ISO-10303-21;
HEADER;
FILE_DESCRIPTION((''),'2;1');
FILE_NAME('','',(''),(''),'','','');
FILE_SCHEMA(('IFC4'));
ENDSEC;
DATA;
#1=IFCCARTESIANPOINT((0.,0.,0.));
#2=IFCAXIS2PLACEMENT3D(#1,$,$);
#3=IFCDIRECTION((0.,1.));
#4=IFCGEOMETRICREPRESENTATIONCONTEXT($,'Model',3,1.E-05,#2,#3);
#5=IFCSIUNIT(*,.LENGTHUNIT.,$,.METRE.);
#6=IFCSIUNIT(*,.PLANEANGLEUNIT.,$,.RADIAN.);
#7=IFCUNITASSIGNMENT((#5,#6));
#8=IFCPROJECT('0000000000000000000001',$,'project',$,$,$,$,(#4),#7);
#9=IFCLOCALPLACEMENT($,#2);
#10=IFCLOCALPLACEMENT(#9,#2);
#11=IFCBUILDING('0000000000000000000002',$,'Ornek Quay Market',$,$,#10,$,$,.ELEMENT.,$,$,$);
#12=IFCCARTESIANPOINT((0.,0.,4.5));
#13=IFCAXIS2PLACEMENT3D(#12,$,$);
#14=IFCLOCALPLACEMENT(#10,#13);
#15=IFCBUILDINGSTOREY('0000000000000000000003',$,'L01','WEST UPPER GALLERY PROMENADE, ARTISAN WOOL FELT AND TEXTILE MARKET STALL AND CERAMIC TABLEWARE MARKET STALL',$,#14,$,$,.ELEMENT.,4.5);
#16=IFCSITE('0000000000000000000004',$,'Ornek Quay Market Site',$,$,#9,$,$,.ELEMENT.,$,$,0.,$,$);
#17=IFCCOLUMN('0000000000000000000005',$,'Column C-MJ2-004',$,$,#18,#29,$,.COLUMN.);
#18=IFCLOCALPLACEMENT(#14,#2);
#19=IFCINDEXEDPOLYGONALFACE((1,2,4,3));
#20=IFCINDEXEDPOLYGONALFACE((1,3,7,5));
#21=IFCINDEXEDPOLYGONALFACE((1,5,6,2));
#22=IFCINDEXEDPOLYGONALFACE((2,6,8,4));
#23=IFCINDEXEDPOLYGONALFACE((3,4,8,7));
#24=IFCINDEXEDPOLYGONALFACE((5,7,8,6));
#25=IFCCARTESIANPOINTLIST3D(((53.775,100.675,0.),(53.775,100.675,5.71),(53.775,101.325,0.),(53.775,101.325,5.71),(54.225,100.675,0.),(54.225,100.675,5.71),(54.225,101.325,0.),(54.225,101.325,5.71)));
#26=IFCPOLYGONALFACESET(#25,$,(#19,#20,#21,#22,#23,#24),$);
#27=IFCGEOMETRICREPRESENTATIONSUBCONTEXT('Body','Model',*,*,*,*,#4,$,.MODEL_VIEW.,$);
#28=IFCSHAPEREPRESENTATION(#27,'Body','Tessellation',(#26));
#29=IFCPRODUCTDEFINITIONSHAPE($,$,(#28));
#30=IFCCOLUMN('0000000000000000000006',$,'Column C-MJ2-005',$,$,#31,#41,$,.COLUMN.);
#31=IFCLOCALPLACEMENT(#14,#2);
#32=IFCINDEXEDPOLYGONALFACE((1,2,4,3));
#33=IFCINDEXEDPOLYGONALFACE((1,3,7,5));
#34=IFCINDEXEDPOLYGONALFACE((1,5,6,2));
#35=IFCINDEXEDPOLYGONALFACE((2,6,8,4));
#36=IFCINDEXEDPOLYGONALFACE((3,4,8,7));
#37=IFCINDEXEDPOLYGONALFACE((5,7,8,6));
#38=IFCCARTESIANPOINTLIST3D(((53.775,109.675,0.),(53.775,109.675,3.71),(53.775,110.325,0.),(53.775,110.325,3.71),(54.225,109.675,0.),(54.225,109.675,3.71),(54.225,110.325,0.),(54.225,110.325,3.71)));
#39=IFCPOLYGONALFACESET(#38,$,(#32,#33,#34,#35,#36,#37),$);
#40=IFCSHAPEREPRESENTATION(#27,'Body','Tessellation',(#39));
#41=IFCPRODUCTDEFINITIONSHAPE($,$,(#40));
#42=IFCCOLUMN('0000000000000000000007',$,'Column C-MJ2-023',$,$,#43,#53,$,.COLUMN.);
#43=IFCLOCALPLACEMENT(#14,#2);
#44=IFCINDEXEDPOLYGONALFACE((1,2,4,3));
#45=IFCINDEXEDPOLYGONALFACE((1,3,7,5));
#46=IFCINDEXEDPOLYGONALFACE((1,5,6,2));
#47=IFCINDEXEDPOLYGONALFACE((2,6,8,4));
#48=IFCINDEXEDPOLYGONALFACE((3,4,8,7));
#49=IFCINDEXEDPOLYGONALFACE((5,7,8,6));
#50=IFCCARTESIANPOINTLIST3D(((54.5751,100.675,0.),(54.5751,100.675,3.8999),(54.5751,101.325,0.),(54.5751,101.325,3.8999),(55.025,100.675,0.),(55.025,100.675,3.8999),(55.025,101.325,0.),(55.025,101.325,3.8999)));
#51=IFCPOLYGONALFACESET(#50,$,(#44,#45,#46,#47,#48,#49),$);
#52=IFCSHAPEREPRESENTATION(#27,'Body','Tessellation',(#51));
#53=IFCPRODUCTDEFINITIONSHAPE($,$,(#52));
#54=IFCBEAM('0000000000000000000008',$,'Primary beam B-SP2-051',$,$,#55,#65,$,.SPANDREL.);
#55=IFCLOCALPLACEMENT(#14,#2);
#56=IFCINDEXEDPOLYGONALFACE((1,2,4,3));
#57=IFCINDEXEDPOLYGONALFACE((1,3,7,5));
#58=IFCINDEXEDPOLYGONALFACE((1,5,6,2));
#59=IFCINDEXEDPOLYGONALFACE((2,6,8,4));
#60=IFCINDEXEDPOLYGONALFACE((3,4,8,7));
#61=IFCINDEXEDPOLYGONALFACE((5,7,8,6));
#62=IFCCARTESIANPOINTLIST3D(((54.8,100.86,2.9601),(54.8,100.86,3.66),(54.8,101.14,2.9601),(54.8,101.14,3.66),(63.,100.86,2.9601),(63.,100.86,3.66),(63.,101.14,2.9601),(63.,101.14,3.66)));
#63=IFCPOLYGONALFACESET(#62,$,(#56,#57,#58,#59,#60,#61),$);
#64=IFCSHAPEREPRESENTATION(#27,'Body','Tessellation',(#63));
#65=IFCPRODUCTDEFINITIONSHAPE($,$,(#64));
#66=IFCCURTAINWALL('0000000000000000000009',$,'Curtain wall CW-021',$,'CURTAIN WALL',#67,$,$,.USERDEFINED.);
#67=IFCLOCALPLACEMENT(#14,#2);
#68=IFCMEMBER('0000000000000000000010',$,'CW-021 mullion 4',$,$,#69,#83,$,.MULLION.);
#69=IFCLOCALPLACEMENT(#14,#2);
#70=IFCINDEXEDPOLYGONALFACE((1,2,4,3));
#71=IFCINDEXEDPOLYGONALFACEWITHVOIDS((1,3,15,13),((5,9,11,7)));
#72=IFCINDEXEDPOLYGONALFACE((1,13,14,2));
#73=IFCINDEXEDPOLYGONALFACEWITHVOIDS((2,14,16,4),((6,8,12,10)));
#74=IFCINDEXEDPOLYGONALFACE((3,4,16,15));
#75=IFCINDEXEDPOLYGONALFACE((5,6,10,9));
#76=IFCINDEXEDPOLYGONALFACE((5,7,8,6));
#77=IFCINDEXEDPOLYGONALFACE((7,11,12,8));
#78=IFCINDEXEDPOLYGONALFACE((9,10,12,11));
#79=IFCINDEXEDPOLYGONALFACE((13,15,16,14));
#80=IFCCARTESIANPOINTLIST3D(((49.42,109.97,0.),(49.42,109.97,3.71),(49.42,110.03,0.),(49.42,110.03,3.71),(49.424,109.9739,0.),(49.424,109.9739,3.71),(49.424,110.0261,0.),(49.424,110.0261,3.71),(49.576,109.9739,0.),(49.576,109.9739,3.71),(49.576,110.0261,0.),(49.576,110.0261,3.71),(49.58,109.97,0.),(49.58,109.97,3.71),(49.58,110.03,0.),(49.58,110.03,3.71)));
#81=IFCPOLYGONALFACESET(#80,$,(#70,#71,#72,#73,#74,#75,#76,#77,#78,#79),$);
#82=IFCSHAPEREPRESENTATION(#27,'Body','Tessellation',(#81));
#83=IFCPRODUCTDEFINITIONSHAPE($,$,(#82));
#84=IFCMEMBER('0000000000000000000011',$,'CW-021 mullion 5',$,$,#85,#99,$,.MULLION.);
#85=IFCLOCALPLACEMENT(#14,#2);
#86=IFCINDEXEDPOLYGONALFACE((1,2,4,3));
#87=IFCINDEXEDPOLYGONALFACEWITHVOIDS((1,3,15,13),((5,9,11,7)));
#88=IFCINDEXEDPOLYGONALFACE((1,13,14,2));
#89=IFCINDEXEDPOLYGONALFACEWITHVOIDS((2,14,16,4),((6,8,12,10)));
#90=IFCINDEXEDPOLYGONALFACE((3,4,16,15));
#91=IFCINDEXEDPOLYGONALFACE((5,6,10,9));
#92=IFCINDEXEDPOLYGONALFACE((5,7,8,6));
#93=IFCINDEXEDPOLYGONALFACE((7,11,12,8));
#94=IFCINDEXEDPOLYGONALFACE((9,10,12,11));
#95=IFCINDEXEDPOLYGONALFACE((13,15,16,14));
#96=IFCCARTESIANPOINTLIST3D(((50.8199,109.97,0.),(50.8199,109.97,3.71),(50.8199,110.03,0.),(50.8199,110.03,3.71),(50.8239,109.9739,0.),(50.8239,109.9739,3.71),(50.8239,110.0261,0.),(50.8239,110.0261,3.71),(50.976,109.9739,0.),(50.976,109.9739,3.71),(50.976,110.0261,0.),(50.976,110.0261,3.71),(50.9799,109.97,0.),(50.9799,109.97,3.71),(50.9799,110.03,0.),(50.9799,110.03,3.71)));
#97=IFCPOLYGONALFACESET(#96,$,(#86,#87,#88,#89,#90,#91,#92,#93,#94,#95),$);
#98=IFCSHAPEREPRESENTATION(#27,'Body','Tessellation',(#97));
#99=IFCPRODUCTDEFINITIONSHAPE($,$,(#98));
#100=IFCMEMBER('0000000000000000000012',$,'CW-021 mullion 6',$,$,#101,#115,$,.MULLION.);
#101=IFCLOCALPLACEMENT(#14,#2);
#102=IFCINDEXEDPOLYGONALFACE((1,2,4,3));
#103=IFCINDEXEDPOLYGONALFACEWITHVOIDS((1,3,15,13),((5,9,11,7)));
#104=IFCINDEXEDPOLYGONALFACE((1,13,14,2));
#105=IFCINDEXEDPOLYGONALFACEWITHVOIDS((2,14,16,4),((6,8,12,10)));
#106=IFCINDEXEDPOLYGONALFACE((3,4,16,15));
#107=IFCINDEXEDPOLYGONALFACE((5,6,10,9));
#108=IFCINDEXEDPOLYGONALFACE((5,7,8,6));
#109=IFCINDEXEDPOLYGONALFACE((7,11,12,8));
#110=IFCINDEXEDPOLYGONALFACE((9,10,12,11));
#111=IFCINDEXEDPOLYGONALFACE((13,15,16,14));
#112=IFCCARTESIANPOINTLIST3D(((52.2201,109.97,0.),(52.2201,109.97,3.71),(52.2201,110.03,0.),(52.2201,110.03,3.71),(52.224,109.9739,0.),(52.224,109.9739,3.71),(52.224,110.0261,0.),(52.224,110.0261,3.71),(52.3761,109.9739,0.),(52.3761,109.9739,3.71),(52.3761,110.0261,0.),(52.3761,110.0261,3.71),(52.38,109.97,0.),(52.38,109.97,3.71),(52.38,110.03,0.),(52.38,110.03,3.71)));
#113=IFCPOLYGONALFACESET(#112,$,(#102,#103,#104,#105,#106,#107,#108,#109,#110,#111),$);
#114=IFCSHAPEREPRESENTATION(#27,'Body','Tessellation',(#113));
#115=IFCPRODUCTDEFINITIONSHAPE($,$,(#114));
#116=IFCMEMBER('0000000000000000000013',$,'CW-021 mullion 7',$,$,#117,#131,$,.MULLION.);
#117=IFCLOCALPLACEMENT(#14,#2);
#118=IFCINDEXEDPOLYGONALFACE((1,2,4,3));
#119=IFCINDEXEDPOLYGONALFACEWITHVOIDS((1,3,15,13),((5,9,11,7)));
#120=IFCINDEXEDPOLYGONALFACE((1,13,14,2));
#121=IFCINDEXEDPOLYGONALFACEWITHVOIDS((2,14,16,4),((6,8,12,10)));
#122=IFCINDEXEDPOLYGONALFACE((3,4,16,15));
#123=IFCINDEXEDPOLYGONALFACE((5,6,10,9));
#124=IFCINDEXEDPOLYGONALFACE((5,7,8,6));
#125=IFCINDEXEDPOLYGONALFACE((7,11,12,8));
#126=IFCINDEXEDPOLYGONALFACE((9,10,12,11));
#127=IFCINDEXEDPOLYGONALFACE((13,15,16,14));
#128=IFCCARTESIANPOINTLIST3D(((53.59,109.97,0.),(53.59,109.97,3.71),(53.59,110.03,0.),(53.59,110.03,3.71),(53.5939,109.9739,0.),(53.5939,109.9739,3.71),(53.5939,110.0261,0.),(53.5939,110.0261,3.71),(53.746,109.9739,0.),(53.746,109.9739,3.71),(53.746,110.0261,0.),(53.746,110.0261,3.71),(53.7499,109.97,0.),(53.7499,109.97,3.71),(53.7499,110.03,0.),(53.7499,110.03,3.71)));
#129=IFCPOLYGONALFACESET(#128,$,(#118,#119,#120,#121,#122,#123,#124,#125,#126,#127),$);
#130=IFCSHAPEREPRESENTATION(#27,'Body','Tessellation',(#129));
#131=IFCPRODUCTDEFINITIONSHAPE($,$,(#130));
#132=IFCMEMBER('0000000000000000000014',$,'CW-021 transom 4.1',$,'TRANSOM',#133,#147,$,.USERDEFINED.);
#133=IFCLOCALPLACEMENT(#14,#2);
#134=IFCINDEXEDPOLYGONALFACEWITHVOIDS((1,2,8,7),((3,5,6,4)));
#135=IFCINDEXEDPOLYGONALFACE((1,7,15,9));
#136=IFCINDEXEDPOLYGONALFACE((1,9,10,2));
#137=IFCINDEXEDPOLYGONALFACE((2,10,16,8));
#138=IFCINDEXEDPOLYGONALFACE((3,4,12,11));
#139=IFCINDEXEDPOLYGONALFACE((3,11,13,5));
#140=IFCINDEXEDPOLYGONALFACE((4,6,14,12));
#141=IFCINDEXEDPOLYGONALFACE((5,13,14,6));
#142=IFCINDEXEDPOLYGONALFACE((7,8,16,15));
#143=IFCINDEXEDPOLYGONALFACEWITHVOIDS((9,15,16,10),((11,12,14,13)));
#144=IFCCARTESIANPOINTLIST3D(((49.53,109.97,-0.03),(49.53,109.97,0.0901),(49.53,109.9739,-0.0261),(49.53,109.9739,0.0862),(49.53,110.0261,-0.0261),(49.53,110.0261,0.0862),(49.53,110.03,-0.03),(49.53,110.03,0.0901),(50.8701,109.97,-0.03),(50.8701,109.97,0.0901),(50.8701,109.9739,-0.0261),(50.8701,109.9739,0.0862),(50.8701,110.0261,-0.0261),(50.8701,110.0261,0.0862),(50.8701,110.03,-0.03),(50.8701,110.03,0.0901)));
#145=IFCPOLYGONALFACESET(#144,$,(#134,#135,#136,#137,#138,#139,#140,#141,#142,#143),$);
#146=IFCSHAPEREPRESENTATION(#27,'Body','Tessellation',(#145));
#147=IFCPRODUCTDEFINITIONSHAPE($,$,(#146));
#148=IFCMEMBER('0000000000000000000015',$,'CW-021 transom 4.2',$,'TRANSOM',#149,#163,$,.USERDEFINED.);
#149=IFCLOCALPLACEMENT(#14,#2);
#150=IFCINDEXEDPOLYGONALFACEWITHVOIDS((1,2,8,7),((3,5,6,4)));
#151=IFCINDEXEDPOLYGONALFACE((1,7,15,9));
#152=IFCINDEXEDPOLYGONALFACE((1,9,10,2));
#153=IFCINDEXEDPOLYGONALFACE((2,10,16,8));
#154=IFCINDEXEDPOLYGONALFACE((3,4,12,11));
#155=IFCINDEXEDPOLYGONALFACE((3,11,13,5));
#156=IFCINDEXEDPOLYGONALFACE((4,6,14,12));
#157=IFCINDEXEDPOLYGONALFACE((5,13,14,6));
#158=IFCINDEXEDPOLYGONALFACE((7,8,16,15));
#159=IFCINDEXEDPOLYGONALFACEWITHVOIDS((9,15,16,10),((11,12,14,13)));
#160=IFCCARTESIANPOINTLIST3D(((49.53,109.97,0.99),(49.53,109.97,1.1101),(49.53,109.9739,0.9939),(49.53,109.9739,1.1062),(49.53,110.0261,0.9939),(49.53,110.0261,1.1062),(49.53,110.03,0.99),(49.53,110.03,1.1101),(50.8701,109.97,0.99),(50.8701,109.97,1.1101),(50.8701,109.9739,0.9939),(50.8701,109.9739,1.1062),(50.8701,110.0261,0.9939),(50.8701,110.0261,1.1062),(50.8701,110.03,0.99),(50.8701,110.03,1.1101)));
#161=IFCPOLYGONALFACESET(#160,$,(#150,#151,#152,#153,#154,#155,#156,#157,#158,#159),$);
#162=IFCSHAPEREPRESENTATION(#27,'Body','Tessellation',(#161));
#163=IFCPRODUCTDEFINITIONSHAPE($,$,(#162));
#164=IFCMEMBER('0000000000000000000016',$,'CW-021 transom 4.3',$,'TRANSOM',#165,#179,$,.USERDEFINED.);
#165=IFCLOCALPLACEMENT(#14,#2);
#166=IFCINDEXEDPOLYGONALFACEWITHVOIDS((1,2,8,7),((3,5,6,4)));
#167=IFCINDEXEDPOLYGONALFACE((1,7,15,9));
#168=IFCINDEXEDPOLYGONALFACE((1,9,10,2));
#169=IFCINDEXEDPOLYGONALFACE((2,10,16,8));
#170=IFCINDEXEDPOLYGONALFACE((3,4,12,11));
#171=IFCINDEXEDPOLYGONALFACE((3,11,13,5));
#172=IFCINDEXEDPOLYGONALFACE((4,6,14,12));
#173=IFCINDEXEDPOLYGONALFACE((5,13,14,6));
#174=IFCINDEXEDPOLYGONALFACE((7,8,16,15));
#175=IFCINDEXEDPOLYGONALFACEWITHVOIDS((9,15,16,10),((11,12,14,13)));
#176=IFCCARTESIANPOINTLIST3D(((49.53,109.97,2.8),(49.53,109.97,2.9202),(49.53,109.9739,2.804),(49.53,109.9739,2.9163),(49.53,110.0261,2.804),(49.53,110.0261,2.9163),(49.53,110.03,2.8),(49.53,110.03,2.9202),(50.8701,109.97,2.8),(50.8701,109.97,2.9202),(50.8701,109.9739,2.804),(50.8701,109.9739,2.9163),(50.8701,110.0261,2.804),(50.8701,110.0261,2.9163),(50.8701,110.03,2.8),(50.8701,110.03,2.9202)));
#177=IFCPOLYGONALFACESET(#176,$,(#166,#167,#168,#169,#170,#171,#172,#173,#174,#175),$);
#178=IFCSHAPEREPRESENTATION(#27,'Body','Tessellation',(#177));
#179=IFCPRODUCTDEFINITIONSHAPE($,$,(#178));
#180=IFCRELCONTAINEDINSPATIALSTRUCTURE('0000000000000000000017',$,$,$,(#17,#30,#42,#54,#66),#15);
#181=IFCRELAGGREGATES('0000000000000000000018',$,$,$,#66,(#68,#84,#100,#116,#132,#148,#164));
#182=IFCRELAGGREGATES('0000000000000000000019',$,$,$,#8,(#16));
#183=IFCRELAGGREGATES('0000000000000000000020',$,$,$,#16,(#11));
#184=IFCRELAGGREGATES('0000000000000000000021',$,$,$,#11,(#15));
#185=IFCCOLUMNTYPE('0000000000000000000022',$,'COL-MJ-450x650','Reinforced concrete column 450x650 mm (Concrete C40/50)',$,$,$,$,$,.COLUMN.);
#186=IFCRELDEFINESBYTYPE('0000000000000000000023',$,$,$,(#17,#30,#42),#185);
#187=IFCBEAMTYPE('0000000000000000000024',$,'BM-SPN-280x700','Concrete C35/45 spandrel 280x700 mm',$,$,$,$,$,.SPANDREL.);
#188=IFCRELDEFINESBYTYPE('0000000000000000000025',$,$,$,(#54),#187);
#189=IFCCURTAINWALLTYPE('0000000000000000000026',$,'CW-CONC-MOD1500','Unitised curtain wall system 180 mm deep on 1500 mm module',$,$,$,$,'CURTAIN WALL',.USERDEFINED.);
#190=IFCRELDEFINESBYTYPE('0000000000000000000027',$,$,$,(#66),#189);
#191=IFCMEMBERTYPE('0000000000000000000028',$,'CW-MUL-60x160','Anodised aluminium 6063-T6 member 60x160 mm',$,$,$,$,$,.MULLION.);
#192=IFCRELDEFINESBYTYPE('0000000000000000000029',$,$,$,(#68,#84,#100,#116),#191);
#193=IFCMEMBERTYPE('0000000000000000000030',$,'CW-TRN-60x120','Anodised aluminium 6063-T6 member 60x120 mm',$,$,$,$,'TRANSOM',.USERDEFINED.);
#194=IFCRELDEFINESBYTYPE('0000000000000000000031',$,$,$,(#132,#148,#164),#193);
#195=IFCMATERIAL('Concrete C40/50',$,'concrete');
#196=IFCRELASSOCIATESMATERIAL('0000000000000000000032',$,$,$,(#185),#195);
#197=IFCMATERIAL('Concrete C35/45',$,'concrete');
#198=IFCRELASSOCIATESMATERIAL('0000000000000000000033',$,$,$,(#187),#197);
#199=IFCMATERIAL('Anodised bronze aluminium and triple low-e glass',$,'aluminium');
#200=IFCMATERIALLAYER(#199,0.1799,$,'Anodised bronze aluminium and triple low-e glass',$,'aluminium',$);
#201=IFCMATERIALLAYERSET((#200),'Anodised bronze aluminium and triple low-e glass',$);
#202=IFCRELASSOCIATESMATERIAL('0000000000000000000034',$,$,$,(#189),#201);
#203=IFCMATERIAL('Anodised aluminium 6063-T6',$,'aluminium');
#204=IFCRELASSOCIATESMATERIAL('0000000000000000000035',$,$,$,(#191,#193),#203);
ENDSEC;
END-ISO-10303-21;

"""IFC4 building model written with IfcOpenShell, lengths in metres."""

from ifc_helpers import new_model, si_unit, direction, frame, origin, origin_2d, place, context, subcontext, project, spatial, rectangle, hollow_rectangle, extrude, material, layer, layer_set, material_profile, profile_set, type_object, element, aggregate, save


model = new_model("IFC4")

# Units and contexts
model_context = context("Model", 3, precision=1e-05, world=origin(), true_north=direction((0.0, 1.0)))
body_context = subcontext(model_context, "Body", "Model", "MODEL_VIEW")
ifc_project = project(units=[si_unit("LENGTHUNIT", "METRE"), si_unit("PLANEANGLEUNIT", "RADIAN")], contexts=[model_context])

# Site, building, storey
site_placement = place(None, origin())
site = spatial("IfcSite", under=ifc_project, at=site_placement, Name="Ornek Quay Market Site", CompositionType="ELEMENT", RefElevation=0.0)
building_placement = place(site_placement, origin())
building = spatial("IfcBuilding", under=site, at=building_placement, Name="Ornek Quay Market", CompositionType="ELEMENT")
storey_placement = place(building_placement, frame((0.0, 0.0, 4.5)))
storey = spatial("IfcBuildingStorey", under=building, at=storey_placement, Name="L01", Description="WEST UPPER GALLERY PROMENADE, ARTISAN WOOL FELT AND TEXTILE MARKET STALL AND CERAMIC TABLEWARE MARKET STALL", CompositionType="ELEMENT", Elevation=4.5)

# Columns
ifc_material_1 = material(Name="Concrete C40/50", Category="concrete")
ifc_material_profile_1 = material_profile(ifc_material_1, rectangle(XDim=0.45, YDim=0.6499, at=origin_2d()), Name="RC 450x650", Category="concrete")
ifc_profile_set_1 = profile_set([ifc_material_profile_1], Name="Concrete C40/50")
column_type = type_object("IfcColumnType", Name="COL-MJ-450x650", Description="Reinforced concrete column 450x650 mm (Concrete C40/50)", PredefinedType="COLUMN", material=ifc_profile_set_1)
column_1_placement = place(storey_placement, frame((54.0, 101.0, 0.0), z_axis=(0.0, 0.0, 1.0), x_axis=(1.0, 0.0, 0.0)))
element("IfcColumn", 1, at=column_1_placement, inside=storey, type_object=column_type, Name="Column C-MJ2-004", PredefinedType="COLUMN", context=body_context, shape_type="SweptSolid", body=[
    extrude(rectangle(XDim=0.45, YDim=0.6499, at=origin_2d()), origin(), (0.0, 0.0, 1.0), 5.71),
])
column_2_placement = place(storey_placement, frame((54.0, 110.0, 0.0), z_axis=(0.0, 0.0, 1.0), x_axis=(1.0, 0.0, 0.0)))
element("IfcColumn", 2, at=column_2_placement, inside=storey, type_object=column_type, Name="Column C-MJ2-005", PredefinedType="COLUMN", context=body_context, shape_type="SweptSolid", body=[
    extrude(rectangle(XDim=0.45, YDim=0.6499, at=origin_2d()), origin(), (0.0, 0.0, 1.0), 3.71),
])
column_3_placement = place(storey_placement, frame((54.8, 101.0, 0.0), z_axis=(0.0, 0.0, 1.0), x_axis=(1.0, 0.0, 0.0)))
element("IfcColumn", 3, at=column_3_placement, inside=storey, type_object=column_type, Name="Column C-MJ2-023", PredefinedType="COLUMN", context=body_context, shape_type="SweptSolid", body=[
    extrude(rectangle(XDim=0.45, YDim=0.6499, at=origin_2d()), origin(), (0.0, 0.0, 1.0), 3.8999),
])

# Beam
ifc_material_2 = material(Name="Concrete C35/45", Category="concrete")
ifc_material_profile_2 = material_profile(ifc_material_2, rectangle(XDim=0.28, YDim=0.7, at=origin_2d()), Name="RC 280x700", Category="concrete")
ifc_profile_set_2 = profile_set([ifc_material_profile_2], Name="Concrete C35/45")
beam_type = type_object("IfcBeamType", Name="BM-SPN-280x700", Description="Concrete C35/45 spandrel 280x700 mm", PredefinedType="SPANDREL", material=ifc_profile_set_2)
beam_placement = place(storey_placement, frame((54.8, 101.0, 3.3101), z_axis=(1.0, 0.0, 0.0), x_axis=(0.0, 1.0, 0.0)))
element("IfcBeam", 4, at=beam_placement, inside=storey, type_object=beam_type, Name="Primary beam B-SP2-051", PredefinedType="SPANDREL", context=body_context, shape_type="SweptSolid", body=[
    extrude(rectangle(XDim=0.28, YDim=0.7, at=origin_2d()), origin(), (0.0, 0.0, 1.0), 8.2),
])

# Curtain wall, members
ifc_material_3 = material(Name="Anodised bronze aluminium and triple low-e glass", Category="aluminium")
ifc_layer_1 = layer(ifc_material_3, 0.1799, Name="Anodised bronze aluminium and triple low-e glass", Category="aluminium")
ifc_layer_set_1 = layer_set([ifc_layer_1], Name="Anodised bronze aluminium and triple low-e glass")
curtain_wall_type = type_object("IfcCurtainWallType", Name="CW-CONC-MOD1500", Description="Unitised curtain wall system 180 mm deep on 1500 mm module", ElementType="CURTAIN WALL", PredefinedType="USERDEFINED", material=ifc_layer_set_1)
curtain_wall_placement = place(storey_placement, origin())
curtain_wall = element("IfcCurtainWall", 5, at=curtain_wall_placement, inside=storey, type_object=curtain_wall_type, Name="Curtain wall CW-021", ObjectType="CURTAIN WALL", PredefinedType="USERDEFINED")
ifc_material_4 = material(Name="Anodised aluminium 6063-T6", Category="aluminium")
ifc_material_profile_3 = material_profile(ifc_material_4, hollow_rectangle(XDim=0.0601, YDim=0.1599, WallThickness=0.0039, at=origin_2d()), Name="CW-MUL-60x160", Category="aluminium")
ifc_profile_set_3 = profile_set([ifc_material_profile_3], Name="Anodised aluminium 6063-T6")
member_type_1 = type_object("IfcMemberType", Name="CW-MUL-60x160", Description="Anodised aluminium 6063-T6 member 60x160 mm", PredefinedType="MULLION", material=ifc_profile_set_3)
member_1_placement = place(storey_placement, frame((49.5, 110.0, 0.0), z_axis=(0.0, 0.0, 1.0), x_axis=(0.0, 1.0, 0.0)))
member_1 = element("IfcMember", 6, at=member_1_placement, type_object=member_type_1, Name="CW-021 mullion 4", PredefinedType="MULLION", context=body_context, shape_type="SweptSolid", body=[
    extrude(hollow_rectangle(XDim=0.0601, YDim=0.1599, WallThickness=0.0039, at=origin_2d()), origin(), (0.0, 0.0, 1.0), 3.71),
])
member_2_placement = place(storey_placement, frame((50.8999, 110.0, 0.0), z_axis=(0.0, 0.0, 1.0), x_axis=(0.0, 1.0, 0.0)))
member_2 = element("IfcMember", 7, at=member_2_placement, type_object=member_type_1, Name="CW-021 mullion 5", PredefinedType="MULLION", context=body_context, shape_type="SweptSolid", body=[
    extrude(hollow_rectangle(XDim=0.0601, YDim=0.1599, WallThickness=0.0039, at=origin_2d()), origin(), (0.0, 0.0, 1.0), 3.71),
])
member_3_placement = place(storey_placement, frame((52.3, 110.0, 0.0), z_axis=(0.0, 0.0, 1.0), x_axis=(0.0, 1.0, 0.0)))
member_3 = element("IfcMember", 8, at=member_3_placement, type_object=member_type_1, Name="CW-021 mullion 6", PredefinedType="MULLION", context=body_context, shape_type="SweptSolid", body=[
    extrude(hollow_rectangle(XDim=0.0601, YDim=0.1599, WallThickness=0.0039, at=origin_2d()), origin(), (0.0, 0.0, 1.0), 3.71),
])
member_4_placement = place(storey_placement, frame((53.6699, 110.0, 0.0), z_axis=(0.0, 0.0, 1.0), x_axis=(0.0, 1.0, 0.0)))
member_4 = element("IfcMember", 9, at=member_4_placement, type_object=member_type_1, Name="CW-021 mullion 7", PredefinedType="MULLION", context=body_context, shape_type="SweptSolid", body=[
    extrude(hollow_rectangle(XDim=0.0601, YDim=0.1599, WallThickness=0.0039, at=origin_2d()), origin(), (0.0, 0.0, 1.0), 3.71),
])
ifc_material_profile_4 = material_profile(ifc_material_4, hollow_rectangle(XDim=0.0601, YDim=0.1201, WallThickness=0.0039, at=origin_2d()), Name="CW-TRN-60x120", Category="aluminium")
ifc_profile_set_4 = profile_set([ifc_material_profile_4], Name="Anodised aluminium 6063-T6")
member_type_2 = type_object("IfcMemberType", Name="CW-TRN-60x120", Description="Anodised aluminium 6063-T6 member 60x120 mm", ElementType="TRANSOM", PredefinedType="USERDEFINED", material=ifc_profile_set_4)
member_5_placement = place(storey_placement, frame((49.53, 110.0, 0.03), z_axis=(1.0, 0.0, 0.0), x_axis=(0.0, 1.0, 0.0)))
member_5 = element("IfcMember", 10, at=member_5_placement, type_object=member_type_2, Name="CW-021 transom 4.1", ObjectType="TRANSOM", PredefinedType="USERDEFINED", context=body_context, shape_type="SweptSolid", body=[
    extrude(hollow_rectangle(XDim=0.0601, YDim=0.1201, WallThickness=0.0039, at=origin_2d()), origin(), (0.0, 0.0, 1.0), 1.3401),
])
member_6_placement = place(storey_placement, frame((49.53, 110.0, 1.05), z_axis=(1.0, 0.0, 0.0), x_axis=(0.0, 1.0, 0.0)))
member_6 = element("IfcMember", 11, at=member_6_placement, type_object=member_type_2, Name="CW-021 transom 4.2", ObjectType="TRANSOM", PredefinedType="USERDEFINED", context=body_context, shape_type="SweptSolid", body=[
    extrude(hollow_rectangle(XDim=0.0601, YDim=0.1201, WallThickness=0.0039, at=origin_2d()), origin(), (0.0, 0.0, 1.0), 1.3401),
])
member_7_placement = place(storey_placement, frame((49.53, 110.0, 2.8601), z_axis=(1.0, 0.0, 0.0), x_axis=(0.0, 1.0, 0.0)))
member_7 = element("IfcMember", 12, at=member_7_placement, type_object=member_type_2, Name="CW-021 transom 4.3", ObjectType="TRANSOM", PredefinedType="USERDEFINED", context=body_context, shape_type="SweptSolid", body=[
    extrude(hollow_rectangle(XDim=0.0601, YDim=0.1201, WallThickness=0.0039, at=origin_2d()), origin(), (0.0, 0.0, 1.0), 1.3401),
])
aggregate(curtain_wall, [member_1, member_2, member_3, member_4, member_5, member_6, member_7])

save(model, "model.ifc")
